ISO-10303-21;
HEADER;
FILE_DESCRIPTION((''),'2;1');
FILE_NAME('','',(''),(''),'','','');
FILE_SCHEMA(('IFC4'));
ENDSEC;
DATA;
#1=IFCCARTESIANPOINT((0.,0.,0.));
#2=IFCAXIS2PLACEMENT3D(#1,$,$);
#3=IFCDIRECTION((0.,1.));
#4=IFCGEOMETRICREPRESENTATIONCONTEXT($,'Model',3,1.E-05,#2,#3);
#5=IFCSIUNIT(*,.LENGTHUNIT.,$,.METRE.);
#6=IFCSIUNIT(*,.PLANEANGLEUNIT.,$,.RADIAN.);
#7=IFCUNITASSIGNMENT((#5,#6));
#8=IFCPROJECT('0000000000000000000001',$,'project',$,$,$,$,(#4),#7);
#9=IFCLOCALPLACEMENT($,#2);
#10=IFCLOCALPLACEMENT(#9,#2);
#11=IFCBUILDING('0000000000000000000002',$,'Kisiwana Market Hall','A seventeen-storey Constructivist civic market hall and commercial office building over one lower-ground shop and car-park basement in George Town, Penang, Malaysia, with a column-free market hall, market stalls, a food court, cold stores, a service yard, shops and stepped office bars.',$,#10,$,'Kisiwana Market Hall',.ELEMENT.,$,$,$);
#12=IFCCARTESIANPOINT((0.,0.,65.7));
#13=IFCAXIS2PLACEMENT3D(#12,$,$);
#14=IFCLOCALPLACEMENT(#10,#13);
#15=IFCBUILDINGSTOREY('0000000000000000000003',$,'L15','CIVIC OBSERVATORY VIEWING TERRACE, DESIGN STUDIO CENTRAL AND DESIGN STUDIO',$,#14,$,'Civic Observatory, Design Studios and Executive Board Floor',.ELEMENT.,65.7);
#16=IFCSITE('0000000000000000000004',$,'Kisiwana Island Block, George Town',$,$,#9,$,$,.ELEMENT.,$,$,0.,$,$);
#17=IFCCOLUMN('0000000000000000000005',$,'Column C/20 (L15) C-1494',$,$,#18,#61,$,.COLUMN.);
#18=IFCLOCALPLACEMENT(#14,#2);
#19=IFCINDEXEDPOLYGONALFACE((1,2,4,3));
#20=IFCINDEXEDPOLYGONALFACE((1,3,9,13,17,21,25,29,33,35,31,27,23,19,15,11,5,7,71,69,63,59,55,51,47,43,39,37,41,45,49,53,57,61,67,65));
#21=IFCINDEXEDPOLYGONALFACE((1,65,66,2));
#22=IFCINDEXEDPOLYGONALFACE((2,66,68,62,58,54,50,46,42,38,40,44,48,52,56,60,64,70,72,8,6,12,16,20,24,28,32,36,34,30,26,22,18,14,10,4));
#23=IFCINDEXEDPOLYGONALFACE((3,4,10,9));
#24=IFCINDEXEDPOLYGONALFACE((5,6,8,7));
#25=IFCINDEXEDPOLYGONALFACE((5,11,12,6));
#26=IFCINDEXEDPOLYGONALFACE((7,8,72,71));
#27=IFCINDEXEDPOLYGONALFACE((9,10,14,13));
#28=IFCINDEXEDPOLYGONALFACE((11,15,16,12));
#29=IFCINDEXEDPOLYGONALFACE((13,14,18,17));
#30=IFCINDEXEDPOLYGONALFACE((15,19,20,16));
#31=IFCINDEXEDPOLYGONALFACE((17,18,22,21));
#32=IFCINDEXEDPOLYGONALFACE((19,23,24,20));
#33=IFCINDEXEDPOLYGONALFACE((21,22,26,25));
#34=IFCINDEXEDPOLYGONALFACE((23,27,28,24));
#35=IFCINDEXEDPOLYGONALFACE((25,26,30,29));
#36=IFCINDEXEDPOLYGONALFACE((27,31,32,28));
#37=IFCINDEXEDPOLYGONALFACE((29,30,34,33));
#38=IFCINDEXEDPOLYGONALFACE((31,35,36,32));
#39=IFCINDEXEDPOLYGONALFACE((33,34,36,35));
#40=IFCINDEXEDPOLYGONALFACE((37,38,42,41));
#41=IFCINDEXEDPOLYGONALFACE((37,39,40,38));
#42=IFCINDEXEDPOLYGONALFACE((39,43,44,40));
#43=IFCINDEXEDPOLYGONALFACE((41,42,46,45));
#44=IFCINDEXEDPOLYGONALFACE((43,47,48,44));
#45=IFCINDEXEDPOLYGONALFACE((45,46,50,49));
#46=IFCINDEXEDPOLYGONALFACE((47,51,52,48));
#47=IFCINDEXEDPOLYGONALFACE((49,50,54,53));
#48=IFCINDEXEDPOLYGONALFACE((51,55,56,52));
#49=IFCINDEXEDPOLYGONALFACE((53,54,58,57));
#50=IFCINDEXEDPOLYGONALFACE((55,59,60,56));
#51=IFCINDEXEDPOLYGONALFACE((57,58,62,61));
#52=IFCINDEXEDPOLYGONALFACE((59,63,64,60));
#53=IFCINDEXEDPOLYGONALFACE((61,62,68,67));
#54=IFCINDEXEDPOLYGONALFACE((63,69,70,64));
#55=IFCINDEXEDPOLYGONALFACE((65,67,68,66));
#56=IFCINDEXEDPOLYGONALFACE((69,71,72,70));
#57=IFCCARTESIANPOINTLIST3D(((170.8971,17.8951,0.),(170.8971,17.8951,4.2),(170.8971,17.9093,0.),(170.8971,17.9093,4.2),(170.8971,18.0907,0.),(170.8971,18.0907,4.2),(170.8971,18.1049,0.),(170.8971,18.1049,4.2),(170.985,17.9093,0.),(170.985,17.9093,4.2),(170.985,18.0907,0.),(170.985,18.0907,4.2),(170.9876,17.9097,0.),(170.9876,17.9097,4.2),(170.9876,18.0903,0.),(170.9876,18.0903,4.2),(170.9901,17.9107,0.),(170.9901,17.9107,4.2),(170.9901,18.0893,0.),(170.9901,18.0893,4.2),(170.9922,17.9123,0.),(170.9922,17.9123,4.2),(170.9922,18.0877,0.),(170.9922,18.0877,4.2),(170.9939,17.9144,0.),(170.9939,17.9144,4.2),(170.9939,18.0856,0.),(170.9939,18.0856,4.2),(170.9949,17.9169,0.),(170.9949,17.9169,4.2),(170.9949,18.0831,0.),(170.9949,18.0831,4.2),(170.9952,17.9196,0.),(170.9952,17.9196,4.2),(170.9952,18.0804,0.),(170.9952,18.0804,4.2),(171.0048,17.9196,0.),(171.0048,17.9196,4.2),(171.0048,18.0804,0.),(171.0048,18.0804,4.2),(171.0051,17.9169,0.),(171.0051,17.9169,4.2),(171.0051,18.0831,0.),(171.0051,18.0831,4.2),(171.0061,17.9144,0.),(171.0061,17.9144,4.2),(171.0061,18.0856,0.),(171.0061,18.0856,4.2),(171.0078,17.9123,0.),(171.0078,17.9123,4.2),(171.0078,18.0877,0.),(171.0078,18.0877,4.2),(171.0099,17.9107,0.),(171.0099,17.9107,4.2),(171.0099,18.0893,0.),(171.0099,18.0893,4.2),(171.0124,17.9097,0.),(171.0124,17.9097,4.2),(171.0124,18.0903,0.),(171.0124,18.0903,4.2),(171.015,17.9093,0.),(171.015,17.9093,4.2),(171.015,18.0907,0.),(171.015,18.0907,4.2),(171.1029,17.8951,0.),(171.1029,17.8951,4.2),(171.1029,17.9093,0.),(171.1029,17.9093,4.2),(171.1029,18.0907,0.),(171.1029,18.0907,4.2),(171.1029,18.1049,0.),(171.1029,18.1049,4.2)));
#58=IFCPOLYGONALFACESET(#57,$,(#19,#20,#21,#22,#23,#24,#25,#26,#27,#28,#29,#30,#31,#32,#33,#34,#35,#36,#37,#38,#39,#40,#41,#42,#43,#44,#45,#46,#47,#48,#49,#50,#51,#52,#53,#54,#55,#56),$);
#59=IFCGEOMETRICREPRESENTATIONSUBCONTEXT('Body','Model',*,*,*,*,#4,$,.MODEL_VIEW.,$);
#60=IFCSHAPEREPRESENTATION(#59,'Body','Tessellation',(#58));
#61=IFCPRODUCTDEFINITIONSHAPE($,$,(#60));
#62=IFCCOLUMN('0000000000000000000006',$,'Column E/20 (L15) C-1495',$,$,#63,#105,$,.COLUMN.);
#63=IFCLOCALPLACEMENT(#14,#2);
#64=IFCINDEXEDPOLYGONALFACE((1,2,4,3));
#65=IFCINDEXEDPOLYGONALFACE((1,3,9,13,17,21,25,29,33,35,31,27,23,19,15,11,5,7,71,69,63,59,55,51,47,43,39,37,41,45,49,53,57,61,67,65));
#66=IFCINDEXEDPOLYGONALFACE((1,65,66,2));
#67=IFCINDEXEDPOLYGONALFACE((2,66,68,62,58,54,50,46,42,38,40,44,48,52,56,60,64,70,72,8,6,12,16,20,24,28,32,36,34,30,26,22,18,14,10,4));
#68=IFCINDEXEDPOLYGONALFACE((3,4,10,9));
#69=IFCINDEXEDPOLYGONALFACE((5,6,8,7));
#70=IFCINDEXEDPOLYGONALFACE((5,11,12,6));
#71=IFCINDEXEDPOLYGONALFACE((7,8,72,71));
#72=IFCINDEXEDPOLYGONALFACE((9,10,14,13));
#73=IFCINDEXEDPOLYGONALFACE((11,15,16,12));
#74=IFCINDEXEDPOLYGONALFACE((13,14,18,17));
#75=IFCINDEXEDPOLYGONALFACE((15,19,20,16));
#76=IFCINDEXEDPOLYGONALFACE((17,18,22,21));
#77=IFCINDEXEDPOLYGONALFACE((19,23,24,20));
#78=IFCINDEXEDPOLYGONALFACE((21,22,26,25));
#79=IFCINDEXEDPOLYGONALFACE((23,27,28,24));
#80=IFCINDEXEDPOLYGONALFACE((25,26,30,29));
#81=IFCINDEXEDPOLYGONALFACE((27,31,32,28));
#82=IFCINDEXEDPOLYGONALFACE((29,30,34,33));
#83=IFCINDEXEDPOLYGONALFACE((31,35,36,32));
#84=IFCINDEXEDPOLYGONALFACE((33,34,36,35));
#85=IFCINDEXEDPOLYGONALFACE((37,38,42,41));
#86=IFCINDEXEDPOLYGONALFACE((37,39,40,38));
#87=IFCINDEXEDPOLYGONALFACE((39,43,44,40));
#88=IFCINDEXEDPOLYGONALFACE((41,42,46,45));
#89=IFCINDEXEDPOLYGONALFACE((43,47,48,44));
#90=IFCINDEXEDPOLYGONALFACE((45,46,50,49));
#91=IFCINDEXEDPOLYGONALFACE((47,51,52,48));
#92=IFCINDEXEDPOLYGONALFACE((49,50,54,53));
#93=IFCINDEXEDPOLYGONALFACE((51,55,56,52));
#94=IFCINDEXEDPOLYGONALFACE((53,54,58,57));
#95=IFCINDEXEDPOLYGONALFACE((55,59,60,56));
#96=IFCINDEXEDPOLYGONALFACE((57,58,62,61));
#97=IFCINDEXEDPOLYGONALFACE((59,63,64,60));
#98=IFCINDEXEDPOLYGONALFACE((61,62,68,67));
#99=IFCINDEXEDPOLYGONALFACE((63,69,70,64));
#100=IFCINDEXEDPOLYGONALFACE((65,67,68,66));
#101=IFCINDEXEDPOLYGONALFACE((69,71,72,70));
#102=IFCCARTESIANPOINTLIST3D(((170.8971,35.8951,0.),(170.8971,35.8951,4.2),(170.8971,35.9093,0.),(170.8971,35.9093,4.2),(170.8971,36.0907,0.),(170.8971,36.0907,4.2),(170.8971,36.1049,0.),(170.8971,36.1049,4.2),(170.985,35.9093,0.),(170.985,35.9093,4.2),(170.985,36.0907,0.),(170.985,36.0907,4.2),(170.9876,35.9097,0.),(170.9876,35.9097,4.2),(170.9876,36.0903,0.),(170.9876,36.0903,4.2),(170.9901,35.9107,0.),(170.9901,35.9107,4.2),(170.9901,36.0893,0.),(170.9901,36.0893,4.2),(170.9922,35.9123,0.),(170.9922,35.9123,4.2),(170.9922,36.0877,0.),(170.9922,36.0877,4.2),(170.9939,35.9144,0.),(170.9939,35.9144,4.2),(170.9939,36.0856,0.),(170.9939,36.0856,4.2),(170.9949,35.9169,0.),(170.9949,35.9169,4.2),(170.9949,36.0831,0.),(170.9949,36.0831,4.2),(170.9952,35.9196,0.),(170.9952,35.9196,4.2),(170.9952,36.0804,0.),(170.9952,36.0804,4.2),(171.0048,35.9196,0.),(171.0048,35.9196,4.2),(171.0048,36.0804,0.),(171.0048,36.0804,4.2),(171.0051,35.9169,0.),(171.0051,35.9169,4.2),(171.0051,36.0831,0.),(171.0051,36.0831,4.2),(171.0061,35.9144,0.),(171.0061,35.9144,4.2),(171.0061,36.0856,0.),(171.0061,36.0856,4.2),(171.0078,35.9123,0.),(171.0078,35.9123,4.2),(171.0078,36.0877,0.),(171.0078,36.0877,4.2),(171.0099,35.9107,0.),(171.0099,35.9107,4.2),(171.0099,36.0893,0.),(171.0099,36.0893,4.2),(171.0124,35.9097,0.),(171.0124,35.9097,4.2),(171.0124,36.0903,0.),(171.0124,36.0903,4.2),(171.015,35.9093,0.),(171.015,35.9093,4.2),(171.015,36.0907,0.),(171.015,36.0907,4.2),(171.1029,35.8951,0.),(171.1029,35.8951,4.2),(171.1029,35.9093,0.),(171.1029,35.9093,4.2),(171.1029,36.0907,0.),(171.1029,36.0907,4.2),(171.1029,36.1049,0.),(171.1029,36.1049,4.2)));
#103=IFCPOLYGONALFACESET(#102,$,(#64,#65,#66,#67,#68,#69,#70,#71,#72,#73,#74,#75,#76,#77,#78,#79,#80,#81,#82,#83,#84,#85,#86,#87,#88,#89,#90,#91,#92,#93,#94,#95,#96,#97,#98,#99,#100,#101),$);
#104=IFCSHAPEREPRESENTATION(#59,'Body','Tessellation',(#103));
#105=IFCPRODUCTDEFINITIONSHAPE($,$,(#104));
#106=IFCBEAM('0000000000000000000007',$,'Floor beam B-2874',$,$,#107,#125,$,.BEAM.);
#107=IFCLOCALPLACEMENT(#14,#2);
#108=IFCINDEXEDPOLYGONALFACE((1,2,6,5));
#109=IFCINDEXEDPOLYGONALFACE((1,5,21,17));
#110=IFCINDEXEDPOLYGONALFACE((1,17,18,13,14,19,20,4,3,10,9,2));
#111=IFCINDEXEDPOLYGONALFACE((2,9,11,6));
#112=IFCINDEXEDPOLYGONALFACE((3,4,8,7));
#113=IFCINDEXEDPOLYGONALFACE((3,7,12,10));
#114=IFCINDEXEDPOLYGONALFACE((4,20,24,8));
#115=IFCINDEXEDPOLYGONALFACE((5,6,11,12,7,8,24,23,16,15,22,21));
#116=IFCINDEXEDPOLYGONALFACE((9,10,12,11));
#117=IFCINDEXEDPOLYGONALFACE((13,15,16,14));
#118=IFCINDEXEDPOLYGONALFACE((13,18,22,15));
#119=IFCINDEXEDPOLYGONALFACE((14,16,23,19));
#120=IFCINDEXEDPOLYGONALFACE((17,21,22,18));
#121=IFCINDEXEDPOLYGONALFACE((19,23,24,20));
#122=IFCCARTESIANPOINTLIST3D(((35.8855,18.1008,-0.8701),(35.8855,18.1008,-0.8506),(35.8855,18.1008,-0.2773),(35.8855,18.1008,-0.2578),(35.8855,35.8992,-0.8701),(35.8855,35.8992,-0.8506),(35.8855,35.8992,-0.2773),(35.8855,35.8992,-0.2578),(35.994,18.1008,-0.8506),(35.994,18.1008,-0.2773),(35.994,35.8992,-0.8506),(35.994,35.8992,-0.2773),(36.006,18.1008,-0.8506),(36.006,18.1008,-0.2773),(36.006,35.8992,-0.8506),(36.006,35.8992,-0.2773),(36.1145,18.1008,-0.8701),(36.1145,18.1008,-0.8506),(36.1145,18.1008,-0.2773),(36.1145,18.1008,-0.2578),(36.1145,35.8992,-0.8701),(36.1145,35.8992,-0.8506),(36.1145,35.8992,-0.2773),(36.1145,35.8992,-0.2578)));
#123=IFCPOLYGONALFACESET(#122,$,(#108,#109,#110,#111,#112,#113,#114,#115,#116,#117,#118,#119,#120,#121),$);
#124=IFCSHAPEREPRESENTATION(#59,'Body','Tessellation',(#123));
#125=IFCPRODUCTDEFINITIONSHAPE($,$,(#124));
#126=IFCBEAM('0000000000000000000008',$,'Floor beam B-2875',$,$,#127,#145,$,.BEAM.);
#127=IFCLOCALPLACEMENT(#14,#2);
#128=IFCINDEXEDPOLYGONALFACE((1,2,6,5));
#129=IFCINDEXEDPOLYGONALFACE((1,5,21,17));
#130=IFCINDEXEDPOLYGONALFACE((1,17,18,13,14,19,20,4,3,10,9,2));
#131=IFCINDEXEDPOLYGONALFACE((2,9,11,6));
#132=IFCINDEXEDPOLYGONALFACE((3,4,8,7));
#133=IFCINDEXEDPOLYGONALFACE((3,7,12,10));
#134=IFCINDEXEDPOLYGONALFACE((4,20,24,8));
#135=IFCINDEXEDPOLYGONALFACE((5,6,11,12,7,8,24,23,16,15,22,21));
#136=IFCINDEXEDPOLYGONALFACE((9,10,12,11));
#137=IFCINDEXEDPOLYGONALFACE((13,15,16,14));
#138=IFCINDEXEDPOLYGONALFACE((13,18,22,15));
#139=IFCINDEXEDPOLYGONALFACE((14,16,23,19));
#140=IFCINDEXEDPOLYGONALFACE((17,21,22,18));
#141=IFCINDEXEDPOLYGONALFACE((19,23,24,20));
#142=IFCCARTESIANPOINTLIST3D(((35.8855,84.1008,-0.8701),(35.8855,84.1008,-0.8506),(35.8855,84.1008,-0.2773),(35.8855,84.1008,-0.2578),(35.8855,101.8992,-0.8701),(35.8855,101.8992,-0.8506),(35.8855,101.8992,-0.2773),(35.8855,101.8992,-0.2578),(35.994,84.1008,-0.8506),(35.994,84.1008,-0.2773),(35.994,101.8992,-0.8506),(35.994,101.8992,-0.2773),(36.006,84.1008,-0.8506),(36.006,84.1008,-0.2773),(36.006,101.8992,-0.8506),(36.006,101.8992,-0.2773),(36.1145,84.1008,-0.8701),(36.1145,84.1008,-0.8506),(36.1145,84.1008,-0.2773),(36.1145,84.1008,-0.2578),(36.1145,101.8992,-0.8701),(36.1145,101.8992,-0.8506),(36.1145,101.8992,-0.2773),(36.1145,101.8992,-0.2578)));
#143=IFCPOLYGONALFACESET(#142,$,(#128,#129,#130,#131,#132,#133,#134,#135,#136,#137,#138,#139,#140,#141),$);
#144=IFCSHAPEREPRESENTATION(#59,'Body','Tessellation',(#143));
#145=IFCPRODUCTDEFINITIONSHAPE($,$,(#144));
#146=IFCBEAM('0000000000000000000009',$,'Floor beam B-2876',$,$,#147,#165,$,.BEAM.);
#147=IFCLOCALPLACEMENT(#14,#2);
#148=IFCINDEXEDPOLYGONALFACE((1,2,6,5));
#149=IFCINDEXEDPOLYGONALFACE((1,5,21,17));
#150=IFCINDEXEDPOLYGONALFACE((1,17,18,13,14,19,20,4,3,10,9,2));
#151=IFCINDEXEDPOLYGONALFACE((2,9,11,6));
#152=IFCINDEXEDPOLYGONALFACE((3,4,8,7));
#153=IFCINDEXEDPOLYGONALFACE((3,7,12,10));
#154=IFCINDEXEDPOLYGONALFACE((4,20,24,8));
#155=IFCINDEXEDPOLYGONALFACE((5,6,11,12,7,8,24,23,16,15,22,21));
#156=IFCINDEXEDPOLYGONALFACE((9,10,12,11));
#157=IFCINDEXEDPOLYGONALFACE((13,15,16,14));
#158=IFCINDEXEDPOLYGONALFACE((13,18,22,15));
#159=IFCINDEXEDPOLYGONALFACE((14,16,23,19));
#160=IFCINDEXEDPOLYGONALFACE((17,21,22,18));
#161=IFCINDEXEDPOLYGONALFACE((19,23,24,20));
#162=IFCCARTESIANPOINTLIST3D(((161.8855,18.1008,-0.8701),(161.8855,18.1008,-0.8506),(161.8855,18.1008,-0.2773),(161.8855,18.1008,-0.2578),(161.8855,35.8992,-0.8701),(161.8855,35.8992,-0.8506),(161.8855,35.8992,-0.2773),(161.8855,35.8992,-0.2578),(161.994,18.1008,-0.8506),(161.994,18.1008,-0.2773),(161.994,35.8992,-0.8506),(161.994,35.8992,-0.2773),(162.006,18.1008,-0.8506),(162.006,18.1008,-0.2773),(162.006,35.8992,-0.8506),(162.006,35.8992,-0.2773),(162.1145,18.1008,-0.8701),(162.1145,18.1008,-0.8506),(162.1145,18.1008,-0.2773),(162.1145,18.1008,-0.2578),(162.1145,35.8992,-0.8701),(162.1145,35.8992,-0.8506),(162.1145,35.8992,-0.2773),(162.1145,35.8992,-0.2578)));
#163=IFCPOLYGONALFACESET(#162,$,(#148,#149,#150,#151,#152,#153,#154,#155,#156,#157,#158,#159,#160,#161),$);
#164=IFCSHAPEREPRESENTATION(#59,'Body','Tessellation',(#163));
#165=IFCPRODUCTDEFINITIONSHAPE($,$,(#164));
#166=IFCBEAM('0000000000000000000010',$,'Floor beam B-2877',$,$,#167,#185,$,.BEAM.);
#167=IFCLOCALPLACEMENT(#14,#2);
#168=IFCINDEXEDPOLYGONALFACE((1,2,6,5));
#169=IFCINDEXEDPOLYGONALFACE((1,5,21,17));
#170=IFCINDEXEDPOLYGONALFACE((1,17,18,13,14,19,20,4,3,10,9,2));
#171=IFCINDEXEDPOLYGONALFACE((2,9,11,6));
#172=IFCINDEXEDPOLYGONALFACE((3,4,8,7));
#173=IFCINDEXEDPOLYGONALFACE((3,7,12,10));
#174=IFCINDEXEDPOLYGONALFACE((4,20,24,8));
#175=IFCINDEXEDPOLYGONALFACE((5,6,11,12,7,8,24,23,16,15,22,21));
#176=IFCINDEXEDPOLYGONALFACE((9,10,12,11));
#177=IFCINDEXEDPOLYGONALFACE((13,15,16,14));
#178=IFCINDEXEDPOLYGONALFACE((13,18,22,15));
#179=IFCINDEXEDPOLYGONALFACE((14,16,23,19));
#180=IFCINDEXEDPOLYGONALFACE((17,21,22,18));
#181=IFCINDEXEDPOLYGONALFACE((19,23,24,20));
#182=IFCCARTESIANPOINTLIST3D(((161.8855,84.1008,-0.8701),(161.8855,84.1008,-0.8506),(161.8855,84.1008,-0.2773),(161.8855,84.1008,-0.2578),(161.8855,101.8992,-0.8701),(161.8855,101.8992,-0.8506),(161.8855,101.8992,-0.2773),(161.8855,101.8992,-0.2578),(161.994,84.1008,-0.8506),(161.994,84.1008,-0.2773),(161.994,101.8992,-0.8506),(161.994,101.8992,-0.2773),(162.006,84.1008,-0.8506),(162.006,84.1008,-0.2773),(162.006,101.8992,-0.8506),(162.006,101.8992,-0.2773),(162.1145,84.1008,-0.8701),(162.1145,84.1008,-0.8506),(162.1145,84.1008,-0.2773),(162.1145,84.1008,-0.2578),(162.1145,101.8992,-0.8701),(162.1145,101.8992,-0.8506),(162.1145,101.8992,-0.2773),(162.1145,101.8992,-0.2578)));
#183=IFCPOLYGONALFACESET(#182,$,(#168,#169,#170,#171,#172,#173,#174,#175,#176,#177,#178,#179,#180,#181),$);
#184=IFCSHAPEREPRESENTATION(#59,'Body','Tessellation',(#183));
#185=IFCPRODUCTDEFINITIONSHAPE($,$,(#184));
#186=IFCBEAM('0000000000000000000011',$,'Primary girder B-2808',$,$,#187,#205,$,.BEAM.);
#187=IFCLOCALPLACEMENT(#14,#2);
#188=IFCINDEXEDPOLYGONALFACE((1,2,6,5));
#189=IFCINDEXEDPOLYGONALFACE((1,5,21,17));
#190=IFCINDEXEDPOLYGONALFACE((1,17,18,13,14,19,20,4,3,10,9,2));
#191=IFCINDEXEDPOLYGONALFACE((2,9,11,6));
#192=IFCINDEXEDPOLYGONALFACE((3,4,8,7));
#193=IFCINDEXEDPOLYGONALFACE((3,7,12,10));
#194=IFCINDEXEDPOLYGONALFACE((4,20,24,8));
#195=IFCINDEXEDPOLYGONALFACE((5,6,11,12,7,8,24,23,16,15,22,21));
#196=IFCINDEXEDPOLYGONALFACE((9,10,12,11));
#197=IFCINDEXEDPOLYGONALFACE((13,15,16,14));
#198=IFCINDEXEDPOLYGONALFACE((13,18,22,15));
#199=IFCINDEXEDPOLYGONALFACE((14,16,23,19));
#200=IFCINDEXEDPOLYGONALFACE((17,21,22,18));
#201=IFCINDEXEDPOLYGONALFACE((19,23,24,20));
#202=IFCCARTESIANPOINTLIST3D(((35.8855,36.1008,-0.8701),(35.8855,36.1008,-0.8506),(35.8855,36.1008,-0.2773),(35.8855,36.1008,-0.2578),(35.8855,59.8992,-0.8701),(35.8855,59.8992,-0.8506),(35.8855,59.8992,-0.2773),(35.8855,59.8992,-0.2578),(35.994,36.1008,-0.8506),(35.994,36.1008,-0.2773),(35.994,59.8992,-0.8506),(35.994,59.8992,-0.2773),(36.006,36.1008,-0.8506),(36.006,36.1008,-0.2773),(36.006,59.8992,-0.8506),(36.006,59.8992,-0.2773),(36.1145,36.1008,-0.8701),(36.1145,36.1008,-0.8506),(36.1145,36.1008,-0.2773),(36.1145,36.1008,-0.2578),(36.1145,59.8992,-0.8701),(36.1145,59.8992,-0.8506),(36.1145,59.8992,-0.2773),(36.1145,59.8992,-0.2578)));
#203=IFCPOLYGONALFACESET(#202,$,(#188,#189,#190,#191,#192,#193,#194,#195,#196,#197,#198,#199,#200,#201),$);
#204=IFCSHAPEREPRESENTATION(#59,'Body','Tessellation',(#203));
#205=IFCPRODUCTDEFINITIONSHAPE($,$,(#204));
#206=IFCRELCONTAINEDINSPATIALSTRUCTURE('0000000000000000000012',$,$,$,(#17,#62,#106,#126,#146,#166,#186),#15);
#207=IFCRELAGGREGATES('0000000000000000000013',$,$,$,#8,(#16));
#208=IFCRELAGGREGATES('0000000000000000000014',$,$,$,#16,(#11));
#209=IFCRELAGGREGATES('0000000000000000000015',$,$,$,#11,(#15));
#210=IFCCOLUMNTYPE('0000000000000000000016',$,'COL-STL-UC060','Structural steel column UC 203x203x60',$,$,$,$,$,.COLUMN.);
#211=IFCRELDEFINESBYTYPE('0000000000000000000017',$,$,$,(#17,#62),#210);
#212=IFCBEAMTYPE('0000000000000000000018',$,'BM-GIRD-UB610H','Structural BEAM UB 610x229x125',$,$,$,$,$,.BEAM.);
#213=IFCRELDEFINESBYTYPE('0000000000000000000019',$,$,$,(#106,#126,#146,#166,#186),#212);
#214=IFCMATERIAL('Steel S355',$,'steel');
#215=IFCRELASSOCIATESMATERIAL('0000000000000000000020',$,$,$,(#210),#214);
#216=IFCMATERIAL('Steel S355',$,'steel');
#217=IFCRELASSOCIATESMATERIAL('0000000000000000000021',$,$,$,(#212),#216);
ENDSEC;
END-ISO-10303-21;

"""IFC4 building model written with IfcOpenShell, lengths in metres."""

from ifc_helpers import new_model, si_unit, direction, frame, origin, origin_2d, place, context, subcontext, project, spatial, i_section, extrude, material, material_profile, profile_set, type_object, element, save


model = new_model("IFC4")

# Units and contexts
model_context = context("Model", 3, precision=1e-05, world=origin(), true_north=direction((0.0, 1.0)))
body_context = subcontext(model_context, "Body", "Model", "MODEL_VIEW")
ifc_project = project(units=[si_unit("LENGTHUNIT", "METRE"), si_unit("PLANEANGLEUNIT", "RADIAN")], contexts=[model_context])

# Site, building, storey
site_placement = place(None, origin())
site = spatial("IfcSite", under=ifc_project, at=site_placement, Name="Kisiwana Island Block, George Town", CompositionType="ELEMENT", RefElevation=0.0)
building_placement = place(site_placement, origin())
building = spatial("IfcBuilding", under=site, at=building_placement, Name="Kisiwana Market Hall", Description="A seventeen-storey Constructivist civic market hall and commercial office building over one lower-ground shop and car-park basement in George Town, Penang, Malaysia, with a column-free market hall, market stalls, a food court, cold stores, a service yard, shops and stepped office bars.", LongName="Kisiwana Market Hall", CompositionType="ELEMENT")
storey_placement = place(building_placement, frame((0.0, 0.0, 65.7)))
storey = spatial("IfcBuildingStorey", under=building, at=storey_placement, Name="L15", Description="CIVIC OBSERVATORY VIEWING TERRACE, DESIGN STUDIO CENTRAL AND DESIGN STUDIO", LongName="Civic Observatory, Design Studios and Executive Board Floor", CompositionType="ELEMENT", Elevation=65.7)

# Columns
ifc_material_1 = material(Name="Steel S355", Category="steel")
ifc_material_profile_1 = material_profile(ifc_material_1, i_section(OverallWidth=0.2058, OverallDepth=0.2097, WebThickness=0.0095, FlangeThickness=0.0142, FilletRadius=0.0103, at=origin_2d()), Name="UC 203x203x60")
ifc_profile_set_1 = profile_set([ifc_material_profile_1], Name="Steel S355")
column_type = type_object("IfcColumnType", Name="COL-STL-UC060", Description="Structural steel column UC 203x203x60", PredefinedType="COLUMN", material=ifc_profile_set_1)
for number, where, z_axis, x_axis, name in (
    (1, (171.0, 18.0, 0.0), (0.0, 0.0, 1.0), (1.0, 0.0, 0.0), "Column C/20 (L15) C-1494"),
    (2, (171.0, 36.0, 0.0), (0.0, 0.0, 1.0), (1.0, 0.0, 0.0), "Column E/20 (L15) C-1495"),
):
    element("IfcColumn", number, at=place(storey_placement, frame(where, z_axis=z_axis, x_axis=x_axis)), inside=storey, type_object=column_type, Name=name, PredefinedType="COLUMN", context=body_context, shape_type="SweptSolid", body=[
        extrude(i_section(OverallWidth=0.2058, OverallDepth=0.2097, WebThickness=0.0095, FlangeThickness=0.0142, FilletRadius=0.0103, at=origin_2d()), origin(), (0.0, 0.0, 1.0), 4.2),
    ])

# Beams
ifc_material_2 = material(Name="Steel S355", Category="steel")
ifc_material_profile_2 = material_profile(ifc_material_2, i_section(OverallWidth=0.229, OverallDepth=0.6123, WebThickness=0.012, FlangeThickness=0.0195, at=origin_2d()), Name="UB 610x229x125")
ifc_profile_set_2 = profile_set([ifc_material_profile_2], Name="Steel S355")
beam_type_1 = type_object("IfcBeamType", Name="BM-GIRD-UB610H", Description="Structural BEAM UB 610x229x125", PredefinedType="BEAM", material=ifc_profile_set_2)
for number, where, z_axis, x_axis, name in (
    (3, (36.0, 18.1008, -0.564), (0.0, 1.0, 0.0), (-1.0, 0.0, 0.0), "Floor beam B-2874"),
    (4, (36.0, 84.1008, -0.564), (0.0, 1.0, 0.0), (-1.0, 0.0, 0.0), "Floor beam B-2875"),
    (5, (162.0, 18.1008, -0.564), (0.0, 1.0, 0.0), (-1.0, 0.0, 0.0), "Floor beam B-2876"),
    (6, (162.0, 84.1008, -0.564), (0.0, 1.0, 0.0), (-1.0, 0.0, 0.0), "Floor beam B-2877"),
):
    element("IfcBeam", number, at=place(storey_placement, frame(where, z_axis=z_axis, x_axis=x_axis)), inside=storey, type_object=beam_type_1, Name=name, PredefinedType="BEAM", context=body_context, shape_type="SweptSolid", body=[
        extrude(i_section(OverallWidth=0.229, OverallDepth=0.6123, WebThickness=0.012, FlangeThickness=0.0195, at=origin_2d()), origin(), (0.0, 0.0, 1.0), 17.7983),
    ])
for number, where, z_axis, x_axis, name in (
    (7, (36.0, 36.1008, -0.564), (0.0, 1.0, 0.0), (-1.0, 0.0, 0.0), "Primary girder B-2808"),
):
    element("IfcBeam", number, at=place(storey_placement, frame(where, z_axis=z_axis, x_axis=x_axis)), inside=storey, type_object=beam_type_1, Name=name, PredefinedType="BEAM", context=body_context, shape_type="SweptSolid", body=[
        extrude(i_section(OverallWidth=0.229, OverallDepth=0.6123, WebThickness=0.012, FlangeThickness=0.0195, at=origin_2d()), origin(), (0.0, 0.0, 1.0), 23.7983),
    ])

save(model, "model.ifc")
